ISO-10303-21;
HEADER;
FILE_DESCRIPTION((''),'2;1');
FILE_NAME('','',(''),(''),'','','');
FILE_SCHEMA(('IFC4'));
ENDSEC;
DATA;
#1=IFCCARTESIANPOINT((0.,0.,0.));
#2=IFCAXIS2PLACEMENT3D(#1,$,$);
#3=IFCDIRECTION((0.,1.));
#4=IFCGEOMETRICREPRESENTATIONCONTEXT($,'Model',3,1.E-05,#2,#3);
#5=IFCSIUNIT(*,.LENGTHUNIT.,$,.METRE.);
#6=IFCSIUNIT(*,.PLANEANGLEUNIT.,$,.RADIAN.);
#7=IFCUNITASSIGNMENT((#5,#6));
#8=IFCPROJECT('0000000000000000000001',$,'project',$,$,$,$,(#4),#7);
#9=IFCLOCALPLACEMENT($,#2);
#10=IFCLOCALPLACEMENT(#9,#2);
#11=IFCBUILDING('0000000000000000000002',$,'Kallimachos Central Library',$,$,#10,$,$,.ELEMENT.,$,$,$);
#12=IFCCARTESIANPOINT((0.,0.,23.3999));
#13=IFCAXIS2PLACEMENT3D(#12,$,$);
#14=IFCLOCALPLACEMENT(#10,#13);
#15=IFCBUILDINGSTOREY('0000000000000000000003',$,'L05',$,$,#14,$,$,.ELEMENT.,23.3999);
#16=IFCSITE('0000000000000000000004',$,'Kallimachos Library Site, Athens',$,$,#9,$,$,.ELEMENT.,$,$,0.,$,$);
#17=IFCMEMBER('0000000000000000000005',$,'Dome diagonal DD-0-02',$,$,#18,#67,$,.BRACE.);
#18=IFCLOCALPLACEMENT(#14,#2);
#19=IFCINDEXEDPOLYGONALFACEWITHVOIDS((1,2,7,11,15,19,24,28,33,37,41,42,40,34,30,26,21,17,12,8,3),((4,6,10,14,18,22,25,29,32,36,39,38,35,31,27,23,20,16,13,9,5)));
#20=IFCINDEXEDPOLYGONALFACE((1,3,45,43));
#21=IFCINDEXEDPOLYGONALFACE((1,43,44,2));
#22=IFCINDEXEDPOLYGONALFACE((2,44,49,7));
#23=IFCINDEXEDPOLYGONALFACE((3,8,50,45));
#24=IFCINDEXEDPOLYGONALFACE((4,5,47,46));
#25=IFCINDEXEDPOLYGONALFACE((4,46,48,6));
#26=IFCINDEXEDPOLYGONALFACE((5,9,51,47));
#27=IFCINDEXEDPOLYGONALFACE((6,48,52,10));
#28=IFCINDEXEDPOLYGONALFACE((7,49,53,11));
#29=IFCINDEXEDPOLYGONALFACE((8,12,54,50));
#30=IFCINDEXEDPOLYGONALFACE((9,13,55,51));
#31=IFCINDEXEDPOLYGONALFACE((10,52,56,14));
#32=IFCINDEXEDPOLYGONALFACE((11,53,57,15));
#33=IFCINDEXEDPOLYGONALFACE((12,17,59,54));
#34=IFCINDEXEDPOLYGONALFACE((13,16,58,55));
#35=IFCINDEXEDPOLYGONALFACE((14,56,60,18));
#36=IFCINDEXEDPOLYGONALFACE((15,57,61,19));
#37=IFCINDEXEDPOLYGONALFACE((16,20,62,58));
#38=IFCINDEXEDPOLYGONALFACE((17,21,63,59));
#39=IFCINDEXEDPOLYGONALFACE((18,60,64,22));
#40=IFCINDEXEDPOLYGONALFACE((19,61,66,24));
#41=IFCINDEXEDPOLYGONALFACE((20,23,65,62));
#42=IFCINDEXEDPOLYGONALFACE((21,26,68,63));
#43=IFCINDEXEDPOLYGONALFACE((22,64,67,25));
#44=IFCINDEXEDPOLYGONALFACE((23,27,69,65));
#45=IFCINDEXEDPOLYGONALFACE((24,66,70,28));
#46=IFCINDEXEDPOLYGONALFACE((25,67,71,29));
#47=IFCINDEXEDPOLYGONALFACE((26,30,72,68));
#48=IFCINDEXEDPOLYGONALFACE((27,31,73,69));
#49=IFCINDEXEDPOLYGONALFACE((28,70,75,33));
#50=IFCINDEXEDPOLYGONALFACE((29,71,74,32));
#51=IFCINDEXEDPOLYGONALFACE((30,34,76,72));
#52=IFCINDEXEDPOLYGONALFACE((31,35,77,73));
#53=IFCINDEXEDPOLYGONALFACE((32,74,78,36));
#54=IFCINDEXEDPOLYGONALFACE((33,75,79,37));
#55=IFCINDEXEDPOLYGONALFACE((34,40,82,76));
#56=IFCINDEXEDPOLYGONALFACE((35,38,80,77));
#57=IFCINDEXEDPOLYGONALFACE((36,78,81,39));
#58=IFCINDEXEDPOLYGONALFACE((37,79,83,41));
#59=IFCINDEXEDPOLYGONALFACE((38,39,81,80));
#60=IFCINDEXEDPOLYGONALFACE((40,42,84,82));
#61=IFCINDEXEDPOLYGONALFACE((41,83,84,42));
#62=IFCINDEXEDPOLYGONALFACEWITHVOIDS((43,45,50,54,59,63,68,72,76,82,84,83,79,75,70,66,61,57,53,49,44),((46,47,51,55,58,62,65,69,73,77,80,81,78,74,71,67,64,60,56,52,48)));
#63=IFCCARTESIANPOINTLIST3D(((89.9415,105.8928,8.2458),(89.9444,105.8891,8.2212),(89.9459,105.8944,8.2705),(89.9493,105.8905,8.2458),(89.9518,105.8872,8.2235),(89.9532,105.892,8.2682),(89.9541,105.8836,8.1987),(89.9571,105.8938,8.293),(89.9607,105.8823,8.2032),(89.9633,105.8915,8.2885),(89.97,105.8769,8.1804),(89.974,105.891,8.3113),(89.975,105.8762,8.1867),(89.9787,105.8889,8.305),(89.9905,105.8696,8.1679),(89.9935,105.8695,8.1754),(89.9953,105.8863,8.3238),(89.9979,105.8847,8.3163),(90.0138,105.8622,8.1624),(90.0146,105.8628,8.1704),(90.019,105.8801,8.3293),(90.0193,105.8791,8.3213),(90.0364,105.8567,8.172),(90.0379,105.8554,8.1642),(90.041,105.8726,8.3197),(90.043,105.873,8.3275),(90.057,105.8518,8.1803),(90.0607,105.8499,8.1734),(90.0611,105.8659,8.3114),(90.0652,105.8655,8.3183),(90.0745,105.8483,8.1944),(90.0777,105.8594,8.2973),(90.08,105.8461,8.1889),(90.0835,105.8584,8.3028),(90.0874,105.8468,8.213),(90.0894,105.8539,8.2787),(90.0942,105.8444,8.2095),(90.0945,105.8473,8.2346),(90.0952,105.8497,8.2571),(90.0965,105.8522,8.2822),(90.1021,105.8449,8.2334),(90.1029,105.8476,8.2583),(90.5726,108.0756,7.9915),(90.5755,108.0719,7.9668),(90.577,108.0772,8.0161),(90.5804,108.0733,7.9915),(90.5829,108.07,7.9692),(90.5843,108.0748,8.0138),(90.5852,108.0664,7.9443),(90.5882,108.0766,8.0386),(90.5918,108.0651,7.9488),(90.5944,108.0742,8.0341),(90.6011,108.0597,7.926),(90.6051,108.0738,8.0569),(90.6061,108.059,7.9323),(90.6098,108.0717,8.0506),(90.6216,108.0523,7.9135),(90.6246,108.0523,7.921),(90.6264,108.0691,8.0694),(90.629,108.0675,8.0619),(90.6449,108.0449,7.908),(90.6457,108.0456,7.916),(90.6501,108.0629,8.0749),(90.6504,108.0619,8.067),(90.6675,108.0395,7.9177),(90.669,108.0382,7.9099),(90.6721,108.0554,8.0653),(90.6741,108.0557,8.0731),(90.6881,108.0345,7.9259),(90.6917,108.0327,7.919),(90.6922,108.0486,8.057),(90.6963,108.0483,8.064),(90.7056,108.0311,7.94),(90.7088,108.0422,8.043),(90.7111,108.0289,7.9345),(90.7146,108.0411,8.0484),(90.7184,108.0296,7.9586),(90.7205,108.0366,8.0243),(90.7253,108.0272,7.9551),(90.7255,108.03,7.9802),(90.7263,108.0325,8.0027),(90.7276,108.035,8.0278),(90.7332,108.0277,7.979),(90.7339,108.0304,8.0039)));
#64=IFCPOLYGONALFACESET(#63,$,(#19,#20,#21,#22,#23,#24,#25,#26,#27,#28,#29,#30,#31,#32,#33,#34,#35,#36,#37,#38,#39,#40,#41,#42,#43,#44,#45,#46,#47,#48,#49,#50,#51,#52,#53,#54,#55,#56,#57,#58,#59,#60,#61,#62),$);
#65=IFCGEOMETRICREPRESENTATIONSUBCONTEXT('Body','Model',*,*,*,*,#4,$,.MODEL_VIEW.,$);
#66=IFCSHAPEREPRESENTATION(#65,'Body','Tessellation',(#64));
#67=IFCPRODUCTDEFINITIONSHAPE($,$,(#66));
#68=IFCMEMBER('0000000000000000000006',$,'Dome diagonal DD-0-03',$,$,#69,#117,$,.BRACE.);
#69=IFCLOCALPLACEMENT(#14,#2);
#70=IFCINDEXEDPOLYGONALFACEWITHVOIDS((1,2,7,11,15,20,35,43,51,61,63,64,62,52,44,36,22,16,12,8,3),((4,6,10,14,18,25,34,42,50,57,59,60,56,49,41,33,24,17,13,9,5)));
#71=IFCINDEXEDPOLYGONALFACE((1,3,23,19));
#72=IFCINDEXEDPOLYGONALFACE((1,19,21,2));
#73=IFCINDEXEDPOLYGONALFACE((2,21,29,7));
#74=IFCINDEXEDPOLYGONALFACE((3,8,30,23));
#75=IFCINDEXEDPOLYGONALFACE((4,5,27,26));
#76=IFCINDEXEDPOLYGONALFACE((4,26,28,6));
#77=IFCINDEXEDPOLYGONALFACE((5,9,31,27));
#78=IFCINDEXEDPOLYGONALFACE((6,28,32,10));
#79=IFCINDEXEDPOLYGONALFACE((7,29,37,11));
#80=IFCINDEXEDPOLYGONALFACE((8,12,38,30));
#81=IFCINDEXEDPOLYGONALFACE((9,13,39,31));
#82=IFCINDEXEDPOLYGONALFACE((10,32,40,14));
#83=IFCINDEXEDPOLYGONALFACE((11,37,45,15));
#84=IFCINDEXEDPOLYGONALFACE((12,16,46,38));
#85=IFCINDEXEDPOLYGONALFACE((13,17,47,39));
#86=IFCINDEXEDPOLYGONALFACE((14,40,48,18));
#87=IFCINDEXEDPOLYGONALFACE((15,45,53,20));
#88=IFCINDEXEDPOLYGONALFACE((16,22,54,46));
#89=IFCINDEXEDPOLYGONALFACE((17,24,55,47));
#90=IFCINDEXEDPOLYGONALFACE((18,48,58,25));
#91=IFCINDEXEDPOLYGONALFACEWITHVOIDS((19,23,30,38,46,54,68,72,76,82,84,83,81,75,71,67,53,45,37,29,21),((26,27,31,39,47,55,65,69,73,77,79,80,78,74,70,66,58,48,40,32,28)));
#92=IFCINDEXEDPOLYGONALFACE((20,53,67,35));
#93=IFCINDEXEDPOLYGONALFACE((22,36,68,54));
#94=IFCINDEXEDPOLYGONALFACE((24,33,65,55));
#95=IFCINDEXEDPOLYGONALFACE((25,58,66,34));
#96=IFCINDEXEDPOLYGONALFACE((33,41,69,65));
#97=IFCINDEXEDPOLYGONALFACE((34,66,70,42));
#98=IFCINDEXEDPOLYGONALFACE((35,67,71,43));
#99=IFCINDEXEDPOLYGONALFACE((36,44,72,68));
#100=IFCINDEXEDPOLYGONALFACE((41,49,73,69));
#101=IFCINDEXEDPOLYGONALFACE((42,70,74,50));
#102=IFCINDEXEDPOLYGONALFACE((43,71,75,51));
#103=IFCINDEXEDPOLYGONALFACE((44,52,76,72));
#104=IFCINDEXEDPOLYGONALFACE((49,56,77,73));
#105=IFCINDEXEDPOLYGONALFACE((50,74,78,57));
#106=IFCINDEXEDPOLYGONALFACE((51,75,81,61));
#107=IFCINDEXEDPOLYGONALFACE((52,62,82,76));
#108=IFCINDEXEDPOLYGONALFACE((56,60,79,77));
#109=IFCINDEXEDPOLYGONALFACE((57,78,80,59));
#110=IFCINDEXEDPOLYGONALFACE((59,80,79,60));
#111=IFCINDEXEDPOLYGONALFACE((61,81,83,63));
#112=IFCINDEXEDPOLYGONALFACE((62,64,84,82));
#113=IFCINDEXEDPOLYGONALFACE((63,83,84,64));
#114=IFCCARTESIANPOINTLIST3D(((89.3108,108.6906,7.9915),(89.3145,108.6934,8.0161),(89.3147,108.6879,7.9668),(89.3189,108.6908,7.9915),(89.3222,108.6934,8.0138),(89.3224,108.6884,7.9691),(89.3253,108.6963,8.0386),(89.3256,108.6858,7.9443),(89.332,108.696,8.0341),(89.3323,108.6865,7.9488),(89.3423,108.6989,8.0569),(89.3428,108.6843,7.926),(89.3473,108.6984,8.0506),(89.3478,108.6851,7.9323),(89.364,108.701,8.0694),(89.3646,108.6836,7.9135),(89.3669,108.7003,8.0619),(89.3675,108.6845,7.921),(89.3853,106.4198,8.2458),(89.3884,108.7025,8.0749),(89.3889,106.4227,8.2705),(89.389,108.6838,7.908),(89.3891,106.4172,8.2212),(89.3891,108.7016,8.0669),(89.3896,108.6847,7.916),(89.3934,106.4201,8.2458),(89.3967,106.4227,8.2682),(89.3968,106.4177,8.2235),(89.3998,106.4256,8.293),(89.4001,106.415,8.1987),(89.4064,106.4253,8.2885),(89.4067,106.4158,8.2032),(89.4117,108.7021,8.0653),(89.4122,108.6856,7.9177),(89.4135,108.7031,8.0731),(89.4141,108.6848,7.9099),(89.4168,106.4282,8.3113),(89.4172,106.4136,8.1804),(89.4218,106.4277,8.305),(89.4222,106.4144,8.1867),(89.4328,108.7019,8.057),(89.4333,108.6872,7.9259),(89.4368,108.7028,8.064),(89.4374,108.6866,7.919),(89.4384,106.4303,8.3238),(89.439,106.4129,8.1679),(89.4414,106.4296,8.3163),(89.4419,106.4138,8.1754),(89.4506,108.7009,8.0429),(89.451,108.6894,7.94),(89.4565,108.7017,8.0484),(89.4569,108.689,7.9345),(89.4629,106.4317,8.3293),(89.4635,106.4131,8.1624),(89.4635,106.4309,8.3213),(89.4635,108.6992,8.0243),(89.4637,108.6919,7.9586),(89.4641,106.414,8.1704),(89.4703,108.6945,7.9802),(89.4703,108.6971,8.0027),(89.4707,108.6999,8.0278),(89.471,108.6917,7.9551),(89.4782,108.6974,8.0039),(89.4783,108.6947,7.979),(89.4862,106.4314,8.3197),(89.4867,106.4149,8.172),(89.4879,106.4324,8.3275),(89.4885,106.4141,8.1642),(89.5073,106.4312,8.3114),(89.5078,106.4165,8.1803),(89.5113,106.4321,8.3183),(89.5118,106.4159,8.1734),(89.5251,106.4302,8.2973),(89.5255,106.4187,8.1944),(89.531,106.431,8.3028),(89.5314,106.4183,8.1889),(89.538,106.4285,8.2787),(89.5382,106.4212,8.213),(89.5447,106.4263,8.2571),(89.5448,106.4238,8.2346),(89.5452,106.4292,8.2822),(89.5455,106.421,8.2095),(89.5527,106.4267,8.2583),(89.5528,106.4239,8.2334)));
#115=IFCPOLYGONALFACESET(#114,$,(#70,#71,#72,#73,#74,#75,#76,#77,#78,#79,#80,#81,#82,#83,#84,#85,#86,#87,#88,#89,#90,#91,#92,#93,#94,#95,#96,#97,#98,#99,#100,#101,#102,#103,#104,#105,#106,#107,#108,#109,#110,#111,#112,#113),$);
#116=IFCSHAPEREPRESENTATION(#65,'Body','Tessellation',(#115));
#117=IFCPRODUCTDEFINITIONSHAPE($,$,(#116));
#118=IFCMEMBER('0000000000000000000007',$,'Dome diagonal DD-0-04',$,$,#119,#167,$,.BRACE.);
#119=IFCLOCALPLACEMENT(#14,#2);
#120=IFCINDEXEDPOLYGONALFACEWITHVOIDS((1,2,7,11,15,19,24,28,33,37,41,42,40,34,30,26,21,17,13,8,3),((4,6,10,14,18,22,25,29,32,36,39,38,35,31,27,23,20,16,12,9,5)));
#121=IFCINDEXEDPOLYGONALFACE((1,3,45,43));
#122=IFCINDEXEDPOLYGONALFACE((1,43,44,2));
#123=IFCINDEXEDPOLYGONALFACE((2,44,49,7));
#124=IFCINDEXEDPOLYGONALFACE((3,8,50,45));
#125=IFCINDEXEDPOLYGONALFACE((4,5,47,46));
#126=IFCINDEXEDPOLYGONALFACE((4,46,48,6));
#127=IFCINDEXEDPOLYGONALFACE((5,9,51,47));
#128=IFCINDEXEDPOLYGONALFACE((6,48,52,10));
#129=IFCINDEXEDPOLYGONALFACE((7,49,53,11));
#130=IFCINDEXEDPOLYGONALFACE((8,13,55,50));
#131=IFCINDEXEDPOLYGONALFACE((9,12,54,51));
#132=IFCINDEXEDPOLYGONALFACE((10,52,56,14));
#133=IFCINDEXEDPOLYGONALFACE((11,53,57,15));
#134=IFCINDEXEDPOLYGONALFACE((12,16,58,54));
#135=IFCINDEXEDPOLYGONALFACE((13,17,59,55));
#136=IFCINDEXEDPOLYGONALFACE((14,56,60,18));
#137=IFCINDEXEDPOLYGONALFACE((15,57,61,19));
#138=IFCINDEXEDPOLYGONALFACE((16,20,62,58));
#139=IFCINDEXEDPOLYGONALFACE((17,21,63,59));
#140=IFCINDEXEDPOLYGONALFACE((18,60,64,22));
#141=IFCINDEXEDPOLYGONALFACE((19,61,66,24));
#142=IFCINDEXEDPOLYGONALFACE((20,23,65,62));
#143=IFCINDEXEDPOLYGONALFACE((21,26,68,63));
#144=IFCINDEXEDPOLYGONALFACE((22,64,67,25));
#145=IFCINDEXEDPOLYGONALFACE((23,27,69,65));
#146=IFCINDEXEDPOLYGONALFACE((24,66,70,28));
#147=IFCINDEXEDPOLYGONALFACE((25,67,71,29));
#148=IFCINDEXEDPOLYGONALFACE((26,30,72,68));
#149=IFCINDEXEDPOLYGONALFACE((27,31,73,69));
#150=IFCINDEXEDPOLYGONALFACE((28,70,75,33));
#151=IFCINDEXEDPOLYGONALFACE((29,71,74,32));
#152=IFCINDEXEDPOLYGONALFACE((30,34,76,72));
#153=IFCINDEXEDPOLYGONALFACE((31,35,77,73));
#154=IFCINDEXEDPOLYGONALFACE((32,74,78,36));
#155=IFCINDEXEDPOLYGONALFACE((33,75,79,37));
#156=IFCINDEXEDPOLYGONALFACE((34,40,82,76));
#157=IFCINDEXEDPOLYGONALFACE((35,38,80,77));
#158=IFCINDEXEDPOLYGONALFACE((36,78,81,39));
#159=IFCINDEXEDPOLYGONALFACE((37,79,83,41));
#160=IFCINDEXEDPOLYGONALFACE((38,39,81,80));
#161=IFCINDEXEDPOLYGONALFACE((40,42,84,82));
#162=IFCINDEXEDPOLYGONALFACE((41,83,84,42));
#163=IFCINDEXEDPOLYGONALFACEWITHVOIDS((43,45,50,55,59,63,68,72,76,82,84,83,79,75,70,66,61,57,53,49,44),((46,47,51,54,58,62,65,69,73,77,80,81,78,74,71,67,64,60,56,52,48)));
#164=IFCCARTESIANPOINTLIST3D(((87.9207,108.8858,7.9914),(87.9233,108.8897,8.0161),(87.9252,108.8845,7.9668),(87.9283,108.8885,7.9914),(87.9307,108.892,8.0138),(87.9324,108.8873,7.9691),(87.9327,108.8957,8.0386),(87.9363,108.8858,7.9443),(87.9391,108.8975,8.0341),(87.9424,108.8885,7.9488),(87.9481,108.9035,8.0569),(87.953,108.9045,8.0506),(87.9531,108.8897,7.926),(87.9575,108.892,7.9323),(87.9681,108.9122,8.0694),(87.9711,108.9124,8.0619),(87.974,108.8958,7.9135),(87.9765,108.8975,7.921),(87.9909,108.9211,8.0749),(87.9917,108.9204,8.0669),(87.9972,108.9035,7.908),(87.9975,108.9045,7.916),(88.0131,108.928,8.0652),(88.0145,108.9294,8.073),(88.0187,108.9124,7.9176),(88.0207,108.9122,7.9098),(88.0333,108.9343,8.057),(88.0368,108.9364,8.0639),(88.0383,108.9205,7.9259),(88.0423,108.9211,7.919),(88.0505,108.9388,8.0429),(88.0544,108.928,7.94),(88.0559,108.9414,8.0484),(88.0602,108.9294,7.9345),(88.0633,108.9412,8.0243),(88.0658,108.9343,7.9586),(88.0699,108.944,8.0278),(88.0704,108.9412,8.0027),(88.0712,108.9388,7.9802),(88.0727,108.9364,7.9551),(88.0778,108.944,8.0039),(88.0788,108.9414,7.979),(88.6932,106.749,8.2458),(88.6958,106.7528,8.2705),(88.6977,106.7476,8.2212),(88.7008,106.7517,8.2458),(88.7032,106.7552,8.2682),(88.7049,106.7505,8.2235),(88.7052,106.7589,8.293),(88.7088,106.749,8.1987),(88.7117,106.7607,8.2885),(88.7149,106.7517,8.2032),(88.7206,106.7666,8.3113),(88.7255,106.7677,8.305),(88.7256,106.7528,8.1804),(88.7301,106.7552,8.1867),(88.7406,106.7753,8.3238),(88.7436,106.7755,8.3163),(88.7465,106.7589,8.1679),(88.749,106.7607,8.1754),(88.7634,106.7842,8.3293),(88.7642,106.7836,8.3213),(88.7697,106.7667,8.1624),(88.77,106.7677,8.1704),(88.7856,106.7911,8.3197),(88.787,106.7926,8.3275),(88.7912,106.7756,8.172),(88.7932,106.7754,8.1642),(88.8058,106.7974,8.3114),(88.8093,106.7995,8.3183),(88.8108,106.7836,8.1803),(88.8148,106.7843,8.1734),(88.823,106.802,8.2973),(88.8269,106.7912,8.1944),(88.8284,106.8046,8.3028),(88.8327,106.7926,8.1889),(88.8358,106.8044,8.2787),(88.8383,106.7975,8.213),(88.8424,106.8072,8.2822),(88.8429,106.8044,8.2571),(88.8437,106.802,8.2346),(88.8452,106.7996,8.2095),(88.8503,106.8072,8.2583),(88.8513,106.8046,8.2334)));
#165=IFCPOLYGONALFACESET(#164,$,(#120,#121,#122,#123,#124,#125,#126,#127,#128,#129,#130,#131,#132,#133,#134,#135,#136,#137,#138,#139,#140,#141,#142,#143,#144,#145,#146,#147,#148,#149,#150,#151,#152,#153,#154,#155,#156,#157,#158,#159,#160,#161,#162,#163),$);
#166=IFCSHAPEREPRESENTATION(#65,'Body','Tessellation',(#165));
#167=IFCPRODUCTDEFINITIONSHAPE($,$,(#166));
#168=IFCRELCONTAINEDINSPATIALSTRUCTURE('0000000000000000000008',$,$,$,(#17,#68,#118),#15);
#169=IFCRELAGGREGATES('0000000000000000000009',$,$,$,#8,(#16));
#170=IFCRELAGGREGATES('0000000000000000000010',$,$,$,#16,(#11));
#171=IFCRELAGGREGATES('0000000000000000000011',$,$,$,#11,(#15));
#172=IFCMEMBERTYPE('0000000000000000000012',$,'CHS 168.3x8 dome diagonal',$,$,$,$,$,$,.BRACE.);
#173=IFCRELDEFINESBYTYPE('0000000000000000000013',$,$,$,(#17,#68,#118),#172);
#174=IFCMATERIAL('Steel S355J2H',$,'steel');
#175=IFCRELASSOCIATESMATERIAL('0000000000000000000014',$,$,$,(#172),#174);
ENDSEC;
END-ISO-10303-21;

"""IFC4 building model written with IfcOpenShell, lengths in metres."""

from ifc_helpers import new_model, si_unit, direction, frame, origin, origin_2d, place, context, subcontext, project, spatial, hollow_circle, extrude, material, material_profile, profile_set, type_object, element, save


model = new_model("IFC4")

# Units and contexts
model_context = context("Model", 3, precision=1e-05, world=origin(), true_north=direction((0.0, 1.0)))
body_context = subcontext(model_context, "Body", "Model", "MODEL_VIEW")
ifc_project = project(units=[si_unit("LENGTHUNIT", "METRE"), si_unit("PLANEANGLEUNIT", "RADIAN")], contexts=[model_context])

# Site, building, storey
site_placement = place(None, origin())
site = spatial("IfcSite", under=ifc_project, at=site_placement, Name="Kallimachos Library Site, Athens", CompositionType="ELEMENT", RefElevation=0.0)
building_placement = place(site_placement, origin())
building = spatial("IfcBuilding", under=site, at=building_placement, Name="Kallimachos Central Library", CompositionType="ELEMENT")
storey_placement = place(building_placement, frame((0.0, 0.0, 23.3999)))
storey = spatial("IfcBuildingStorey", under=building, at=storey_placement, Name="L05", CompositionType="ELEMENT", Elevation=23.3999)

# Members
ifc_material_1 = material(Name="Steel S355J2H", Category="steel")
ifc_material_profile_1 = material_profile(ifc_material_1, hollow_circle(Radius=0.0842, WallThickness=0.0081, at=origin_2d()), Name="CHS 168.3x8")
ifc_profile_set_1 = profile_set([ifc_material_profile_1], Name="Steel S355J2H")
member_type_1 = type_object("IfcMemberType", Name="CHS 168.3x8 dome diagonal", PredefinedType="BRACE", material=ifc_profile_set_1)
member_1_placement = place(storey_placement, frame((90.0225, 105.8694, 8.2458), z_axis=(0.276018, 0.954691, -0.111261), x_axis=(-0.960656, 0.277742, 0.0)))
element("IfcMember", 1, at=member_1_placement, inside=storey, type_object=member_type_1, Name="Dome diagonal DD-0-02", PredefinedType="BRACE", context=body_context, shape_type="SweptSolid", body=[
    extrude(hollow_circle(Radius=0.0842, WallThickness=0.0081, at=origin_2d()), origin(), (0.0, 0.0, 1.0), 2.2864),
])
member_2_placement = place(storey_placement, frame((89.4695, 106.4226, 8.2458), z_axis=(-0.032571, 0.993256, -0.111275), x_axis=(-0.999463, -0.032775, 0.0)))
element("IfcMember", 2, at=member_2_placement, inside=storey, type_object=member_type_1, Name="Dome diagonal DD-0-03", PredefinedType="BRACE", context=body_context, shape_type="SweptSolid", body=[
    extrude(hollow_circle(Radius=0.0842, WallThickness=0.0081, at=origin_2d()), origin(), (0.0, 0.0, 1.0), 2.2861),
])
member_3_placement = place(storey_placement, frame((88.7725, 106.7776, 8.2458), z_axis=(-0.337871, 0.934592, -0.111271), x_axis=(-0.940432, -0.339982, 0.0)))
element("IfcMember", 3, at=member_3_placement, inside=storey, type_object=member_type_1, Name="Dome diagonal DD-0-04", PredefinedType="BRACE", context=body_context, shape_type="SweptSolid", body=[
    extrude(hollow_circle(Radius=0.0842, WallThickness=0.0081, at=origin_2d()), origin(), (0.0, 0.0, 1.0), 2.2864),
])

save(model, "model.ifc")
